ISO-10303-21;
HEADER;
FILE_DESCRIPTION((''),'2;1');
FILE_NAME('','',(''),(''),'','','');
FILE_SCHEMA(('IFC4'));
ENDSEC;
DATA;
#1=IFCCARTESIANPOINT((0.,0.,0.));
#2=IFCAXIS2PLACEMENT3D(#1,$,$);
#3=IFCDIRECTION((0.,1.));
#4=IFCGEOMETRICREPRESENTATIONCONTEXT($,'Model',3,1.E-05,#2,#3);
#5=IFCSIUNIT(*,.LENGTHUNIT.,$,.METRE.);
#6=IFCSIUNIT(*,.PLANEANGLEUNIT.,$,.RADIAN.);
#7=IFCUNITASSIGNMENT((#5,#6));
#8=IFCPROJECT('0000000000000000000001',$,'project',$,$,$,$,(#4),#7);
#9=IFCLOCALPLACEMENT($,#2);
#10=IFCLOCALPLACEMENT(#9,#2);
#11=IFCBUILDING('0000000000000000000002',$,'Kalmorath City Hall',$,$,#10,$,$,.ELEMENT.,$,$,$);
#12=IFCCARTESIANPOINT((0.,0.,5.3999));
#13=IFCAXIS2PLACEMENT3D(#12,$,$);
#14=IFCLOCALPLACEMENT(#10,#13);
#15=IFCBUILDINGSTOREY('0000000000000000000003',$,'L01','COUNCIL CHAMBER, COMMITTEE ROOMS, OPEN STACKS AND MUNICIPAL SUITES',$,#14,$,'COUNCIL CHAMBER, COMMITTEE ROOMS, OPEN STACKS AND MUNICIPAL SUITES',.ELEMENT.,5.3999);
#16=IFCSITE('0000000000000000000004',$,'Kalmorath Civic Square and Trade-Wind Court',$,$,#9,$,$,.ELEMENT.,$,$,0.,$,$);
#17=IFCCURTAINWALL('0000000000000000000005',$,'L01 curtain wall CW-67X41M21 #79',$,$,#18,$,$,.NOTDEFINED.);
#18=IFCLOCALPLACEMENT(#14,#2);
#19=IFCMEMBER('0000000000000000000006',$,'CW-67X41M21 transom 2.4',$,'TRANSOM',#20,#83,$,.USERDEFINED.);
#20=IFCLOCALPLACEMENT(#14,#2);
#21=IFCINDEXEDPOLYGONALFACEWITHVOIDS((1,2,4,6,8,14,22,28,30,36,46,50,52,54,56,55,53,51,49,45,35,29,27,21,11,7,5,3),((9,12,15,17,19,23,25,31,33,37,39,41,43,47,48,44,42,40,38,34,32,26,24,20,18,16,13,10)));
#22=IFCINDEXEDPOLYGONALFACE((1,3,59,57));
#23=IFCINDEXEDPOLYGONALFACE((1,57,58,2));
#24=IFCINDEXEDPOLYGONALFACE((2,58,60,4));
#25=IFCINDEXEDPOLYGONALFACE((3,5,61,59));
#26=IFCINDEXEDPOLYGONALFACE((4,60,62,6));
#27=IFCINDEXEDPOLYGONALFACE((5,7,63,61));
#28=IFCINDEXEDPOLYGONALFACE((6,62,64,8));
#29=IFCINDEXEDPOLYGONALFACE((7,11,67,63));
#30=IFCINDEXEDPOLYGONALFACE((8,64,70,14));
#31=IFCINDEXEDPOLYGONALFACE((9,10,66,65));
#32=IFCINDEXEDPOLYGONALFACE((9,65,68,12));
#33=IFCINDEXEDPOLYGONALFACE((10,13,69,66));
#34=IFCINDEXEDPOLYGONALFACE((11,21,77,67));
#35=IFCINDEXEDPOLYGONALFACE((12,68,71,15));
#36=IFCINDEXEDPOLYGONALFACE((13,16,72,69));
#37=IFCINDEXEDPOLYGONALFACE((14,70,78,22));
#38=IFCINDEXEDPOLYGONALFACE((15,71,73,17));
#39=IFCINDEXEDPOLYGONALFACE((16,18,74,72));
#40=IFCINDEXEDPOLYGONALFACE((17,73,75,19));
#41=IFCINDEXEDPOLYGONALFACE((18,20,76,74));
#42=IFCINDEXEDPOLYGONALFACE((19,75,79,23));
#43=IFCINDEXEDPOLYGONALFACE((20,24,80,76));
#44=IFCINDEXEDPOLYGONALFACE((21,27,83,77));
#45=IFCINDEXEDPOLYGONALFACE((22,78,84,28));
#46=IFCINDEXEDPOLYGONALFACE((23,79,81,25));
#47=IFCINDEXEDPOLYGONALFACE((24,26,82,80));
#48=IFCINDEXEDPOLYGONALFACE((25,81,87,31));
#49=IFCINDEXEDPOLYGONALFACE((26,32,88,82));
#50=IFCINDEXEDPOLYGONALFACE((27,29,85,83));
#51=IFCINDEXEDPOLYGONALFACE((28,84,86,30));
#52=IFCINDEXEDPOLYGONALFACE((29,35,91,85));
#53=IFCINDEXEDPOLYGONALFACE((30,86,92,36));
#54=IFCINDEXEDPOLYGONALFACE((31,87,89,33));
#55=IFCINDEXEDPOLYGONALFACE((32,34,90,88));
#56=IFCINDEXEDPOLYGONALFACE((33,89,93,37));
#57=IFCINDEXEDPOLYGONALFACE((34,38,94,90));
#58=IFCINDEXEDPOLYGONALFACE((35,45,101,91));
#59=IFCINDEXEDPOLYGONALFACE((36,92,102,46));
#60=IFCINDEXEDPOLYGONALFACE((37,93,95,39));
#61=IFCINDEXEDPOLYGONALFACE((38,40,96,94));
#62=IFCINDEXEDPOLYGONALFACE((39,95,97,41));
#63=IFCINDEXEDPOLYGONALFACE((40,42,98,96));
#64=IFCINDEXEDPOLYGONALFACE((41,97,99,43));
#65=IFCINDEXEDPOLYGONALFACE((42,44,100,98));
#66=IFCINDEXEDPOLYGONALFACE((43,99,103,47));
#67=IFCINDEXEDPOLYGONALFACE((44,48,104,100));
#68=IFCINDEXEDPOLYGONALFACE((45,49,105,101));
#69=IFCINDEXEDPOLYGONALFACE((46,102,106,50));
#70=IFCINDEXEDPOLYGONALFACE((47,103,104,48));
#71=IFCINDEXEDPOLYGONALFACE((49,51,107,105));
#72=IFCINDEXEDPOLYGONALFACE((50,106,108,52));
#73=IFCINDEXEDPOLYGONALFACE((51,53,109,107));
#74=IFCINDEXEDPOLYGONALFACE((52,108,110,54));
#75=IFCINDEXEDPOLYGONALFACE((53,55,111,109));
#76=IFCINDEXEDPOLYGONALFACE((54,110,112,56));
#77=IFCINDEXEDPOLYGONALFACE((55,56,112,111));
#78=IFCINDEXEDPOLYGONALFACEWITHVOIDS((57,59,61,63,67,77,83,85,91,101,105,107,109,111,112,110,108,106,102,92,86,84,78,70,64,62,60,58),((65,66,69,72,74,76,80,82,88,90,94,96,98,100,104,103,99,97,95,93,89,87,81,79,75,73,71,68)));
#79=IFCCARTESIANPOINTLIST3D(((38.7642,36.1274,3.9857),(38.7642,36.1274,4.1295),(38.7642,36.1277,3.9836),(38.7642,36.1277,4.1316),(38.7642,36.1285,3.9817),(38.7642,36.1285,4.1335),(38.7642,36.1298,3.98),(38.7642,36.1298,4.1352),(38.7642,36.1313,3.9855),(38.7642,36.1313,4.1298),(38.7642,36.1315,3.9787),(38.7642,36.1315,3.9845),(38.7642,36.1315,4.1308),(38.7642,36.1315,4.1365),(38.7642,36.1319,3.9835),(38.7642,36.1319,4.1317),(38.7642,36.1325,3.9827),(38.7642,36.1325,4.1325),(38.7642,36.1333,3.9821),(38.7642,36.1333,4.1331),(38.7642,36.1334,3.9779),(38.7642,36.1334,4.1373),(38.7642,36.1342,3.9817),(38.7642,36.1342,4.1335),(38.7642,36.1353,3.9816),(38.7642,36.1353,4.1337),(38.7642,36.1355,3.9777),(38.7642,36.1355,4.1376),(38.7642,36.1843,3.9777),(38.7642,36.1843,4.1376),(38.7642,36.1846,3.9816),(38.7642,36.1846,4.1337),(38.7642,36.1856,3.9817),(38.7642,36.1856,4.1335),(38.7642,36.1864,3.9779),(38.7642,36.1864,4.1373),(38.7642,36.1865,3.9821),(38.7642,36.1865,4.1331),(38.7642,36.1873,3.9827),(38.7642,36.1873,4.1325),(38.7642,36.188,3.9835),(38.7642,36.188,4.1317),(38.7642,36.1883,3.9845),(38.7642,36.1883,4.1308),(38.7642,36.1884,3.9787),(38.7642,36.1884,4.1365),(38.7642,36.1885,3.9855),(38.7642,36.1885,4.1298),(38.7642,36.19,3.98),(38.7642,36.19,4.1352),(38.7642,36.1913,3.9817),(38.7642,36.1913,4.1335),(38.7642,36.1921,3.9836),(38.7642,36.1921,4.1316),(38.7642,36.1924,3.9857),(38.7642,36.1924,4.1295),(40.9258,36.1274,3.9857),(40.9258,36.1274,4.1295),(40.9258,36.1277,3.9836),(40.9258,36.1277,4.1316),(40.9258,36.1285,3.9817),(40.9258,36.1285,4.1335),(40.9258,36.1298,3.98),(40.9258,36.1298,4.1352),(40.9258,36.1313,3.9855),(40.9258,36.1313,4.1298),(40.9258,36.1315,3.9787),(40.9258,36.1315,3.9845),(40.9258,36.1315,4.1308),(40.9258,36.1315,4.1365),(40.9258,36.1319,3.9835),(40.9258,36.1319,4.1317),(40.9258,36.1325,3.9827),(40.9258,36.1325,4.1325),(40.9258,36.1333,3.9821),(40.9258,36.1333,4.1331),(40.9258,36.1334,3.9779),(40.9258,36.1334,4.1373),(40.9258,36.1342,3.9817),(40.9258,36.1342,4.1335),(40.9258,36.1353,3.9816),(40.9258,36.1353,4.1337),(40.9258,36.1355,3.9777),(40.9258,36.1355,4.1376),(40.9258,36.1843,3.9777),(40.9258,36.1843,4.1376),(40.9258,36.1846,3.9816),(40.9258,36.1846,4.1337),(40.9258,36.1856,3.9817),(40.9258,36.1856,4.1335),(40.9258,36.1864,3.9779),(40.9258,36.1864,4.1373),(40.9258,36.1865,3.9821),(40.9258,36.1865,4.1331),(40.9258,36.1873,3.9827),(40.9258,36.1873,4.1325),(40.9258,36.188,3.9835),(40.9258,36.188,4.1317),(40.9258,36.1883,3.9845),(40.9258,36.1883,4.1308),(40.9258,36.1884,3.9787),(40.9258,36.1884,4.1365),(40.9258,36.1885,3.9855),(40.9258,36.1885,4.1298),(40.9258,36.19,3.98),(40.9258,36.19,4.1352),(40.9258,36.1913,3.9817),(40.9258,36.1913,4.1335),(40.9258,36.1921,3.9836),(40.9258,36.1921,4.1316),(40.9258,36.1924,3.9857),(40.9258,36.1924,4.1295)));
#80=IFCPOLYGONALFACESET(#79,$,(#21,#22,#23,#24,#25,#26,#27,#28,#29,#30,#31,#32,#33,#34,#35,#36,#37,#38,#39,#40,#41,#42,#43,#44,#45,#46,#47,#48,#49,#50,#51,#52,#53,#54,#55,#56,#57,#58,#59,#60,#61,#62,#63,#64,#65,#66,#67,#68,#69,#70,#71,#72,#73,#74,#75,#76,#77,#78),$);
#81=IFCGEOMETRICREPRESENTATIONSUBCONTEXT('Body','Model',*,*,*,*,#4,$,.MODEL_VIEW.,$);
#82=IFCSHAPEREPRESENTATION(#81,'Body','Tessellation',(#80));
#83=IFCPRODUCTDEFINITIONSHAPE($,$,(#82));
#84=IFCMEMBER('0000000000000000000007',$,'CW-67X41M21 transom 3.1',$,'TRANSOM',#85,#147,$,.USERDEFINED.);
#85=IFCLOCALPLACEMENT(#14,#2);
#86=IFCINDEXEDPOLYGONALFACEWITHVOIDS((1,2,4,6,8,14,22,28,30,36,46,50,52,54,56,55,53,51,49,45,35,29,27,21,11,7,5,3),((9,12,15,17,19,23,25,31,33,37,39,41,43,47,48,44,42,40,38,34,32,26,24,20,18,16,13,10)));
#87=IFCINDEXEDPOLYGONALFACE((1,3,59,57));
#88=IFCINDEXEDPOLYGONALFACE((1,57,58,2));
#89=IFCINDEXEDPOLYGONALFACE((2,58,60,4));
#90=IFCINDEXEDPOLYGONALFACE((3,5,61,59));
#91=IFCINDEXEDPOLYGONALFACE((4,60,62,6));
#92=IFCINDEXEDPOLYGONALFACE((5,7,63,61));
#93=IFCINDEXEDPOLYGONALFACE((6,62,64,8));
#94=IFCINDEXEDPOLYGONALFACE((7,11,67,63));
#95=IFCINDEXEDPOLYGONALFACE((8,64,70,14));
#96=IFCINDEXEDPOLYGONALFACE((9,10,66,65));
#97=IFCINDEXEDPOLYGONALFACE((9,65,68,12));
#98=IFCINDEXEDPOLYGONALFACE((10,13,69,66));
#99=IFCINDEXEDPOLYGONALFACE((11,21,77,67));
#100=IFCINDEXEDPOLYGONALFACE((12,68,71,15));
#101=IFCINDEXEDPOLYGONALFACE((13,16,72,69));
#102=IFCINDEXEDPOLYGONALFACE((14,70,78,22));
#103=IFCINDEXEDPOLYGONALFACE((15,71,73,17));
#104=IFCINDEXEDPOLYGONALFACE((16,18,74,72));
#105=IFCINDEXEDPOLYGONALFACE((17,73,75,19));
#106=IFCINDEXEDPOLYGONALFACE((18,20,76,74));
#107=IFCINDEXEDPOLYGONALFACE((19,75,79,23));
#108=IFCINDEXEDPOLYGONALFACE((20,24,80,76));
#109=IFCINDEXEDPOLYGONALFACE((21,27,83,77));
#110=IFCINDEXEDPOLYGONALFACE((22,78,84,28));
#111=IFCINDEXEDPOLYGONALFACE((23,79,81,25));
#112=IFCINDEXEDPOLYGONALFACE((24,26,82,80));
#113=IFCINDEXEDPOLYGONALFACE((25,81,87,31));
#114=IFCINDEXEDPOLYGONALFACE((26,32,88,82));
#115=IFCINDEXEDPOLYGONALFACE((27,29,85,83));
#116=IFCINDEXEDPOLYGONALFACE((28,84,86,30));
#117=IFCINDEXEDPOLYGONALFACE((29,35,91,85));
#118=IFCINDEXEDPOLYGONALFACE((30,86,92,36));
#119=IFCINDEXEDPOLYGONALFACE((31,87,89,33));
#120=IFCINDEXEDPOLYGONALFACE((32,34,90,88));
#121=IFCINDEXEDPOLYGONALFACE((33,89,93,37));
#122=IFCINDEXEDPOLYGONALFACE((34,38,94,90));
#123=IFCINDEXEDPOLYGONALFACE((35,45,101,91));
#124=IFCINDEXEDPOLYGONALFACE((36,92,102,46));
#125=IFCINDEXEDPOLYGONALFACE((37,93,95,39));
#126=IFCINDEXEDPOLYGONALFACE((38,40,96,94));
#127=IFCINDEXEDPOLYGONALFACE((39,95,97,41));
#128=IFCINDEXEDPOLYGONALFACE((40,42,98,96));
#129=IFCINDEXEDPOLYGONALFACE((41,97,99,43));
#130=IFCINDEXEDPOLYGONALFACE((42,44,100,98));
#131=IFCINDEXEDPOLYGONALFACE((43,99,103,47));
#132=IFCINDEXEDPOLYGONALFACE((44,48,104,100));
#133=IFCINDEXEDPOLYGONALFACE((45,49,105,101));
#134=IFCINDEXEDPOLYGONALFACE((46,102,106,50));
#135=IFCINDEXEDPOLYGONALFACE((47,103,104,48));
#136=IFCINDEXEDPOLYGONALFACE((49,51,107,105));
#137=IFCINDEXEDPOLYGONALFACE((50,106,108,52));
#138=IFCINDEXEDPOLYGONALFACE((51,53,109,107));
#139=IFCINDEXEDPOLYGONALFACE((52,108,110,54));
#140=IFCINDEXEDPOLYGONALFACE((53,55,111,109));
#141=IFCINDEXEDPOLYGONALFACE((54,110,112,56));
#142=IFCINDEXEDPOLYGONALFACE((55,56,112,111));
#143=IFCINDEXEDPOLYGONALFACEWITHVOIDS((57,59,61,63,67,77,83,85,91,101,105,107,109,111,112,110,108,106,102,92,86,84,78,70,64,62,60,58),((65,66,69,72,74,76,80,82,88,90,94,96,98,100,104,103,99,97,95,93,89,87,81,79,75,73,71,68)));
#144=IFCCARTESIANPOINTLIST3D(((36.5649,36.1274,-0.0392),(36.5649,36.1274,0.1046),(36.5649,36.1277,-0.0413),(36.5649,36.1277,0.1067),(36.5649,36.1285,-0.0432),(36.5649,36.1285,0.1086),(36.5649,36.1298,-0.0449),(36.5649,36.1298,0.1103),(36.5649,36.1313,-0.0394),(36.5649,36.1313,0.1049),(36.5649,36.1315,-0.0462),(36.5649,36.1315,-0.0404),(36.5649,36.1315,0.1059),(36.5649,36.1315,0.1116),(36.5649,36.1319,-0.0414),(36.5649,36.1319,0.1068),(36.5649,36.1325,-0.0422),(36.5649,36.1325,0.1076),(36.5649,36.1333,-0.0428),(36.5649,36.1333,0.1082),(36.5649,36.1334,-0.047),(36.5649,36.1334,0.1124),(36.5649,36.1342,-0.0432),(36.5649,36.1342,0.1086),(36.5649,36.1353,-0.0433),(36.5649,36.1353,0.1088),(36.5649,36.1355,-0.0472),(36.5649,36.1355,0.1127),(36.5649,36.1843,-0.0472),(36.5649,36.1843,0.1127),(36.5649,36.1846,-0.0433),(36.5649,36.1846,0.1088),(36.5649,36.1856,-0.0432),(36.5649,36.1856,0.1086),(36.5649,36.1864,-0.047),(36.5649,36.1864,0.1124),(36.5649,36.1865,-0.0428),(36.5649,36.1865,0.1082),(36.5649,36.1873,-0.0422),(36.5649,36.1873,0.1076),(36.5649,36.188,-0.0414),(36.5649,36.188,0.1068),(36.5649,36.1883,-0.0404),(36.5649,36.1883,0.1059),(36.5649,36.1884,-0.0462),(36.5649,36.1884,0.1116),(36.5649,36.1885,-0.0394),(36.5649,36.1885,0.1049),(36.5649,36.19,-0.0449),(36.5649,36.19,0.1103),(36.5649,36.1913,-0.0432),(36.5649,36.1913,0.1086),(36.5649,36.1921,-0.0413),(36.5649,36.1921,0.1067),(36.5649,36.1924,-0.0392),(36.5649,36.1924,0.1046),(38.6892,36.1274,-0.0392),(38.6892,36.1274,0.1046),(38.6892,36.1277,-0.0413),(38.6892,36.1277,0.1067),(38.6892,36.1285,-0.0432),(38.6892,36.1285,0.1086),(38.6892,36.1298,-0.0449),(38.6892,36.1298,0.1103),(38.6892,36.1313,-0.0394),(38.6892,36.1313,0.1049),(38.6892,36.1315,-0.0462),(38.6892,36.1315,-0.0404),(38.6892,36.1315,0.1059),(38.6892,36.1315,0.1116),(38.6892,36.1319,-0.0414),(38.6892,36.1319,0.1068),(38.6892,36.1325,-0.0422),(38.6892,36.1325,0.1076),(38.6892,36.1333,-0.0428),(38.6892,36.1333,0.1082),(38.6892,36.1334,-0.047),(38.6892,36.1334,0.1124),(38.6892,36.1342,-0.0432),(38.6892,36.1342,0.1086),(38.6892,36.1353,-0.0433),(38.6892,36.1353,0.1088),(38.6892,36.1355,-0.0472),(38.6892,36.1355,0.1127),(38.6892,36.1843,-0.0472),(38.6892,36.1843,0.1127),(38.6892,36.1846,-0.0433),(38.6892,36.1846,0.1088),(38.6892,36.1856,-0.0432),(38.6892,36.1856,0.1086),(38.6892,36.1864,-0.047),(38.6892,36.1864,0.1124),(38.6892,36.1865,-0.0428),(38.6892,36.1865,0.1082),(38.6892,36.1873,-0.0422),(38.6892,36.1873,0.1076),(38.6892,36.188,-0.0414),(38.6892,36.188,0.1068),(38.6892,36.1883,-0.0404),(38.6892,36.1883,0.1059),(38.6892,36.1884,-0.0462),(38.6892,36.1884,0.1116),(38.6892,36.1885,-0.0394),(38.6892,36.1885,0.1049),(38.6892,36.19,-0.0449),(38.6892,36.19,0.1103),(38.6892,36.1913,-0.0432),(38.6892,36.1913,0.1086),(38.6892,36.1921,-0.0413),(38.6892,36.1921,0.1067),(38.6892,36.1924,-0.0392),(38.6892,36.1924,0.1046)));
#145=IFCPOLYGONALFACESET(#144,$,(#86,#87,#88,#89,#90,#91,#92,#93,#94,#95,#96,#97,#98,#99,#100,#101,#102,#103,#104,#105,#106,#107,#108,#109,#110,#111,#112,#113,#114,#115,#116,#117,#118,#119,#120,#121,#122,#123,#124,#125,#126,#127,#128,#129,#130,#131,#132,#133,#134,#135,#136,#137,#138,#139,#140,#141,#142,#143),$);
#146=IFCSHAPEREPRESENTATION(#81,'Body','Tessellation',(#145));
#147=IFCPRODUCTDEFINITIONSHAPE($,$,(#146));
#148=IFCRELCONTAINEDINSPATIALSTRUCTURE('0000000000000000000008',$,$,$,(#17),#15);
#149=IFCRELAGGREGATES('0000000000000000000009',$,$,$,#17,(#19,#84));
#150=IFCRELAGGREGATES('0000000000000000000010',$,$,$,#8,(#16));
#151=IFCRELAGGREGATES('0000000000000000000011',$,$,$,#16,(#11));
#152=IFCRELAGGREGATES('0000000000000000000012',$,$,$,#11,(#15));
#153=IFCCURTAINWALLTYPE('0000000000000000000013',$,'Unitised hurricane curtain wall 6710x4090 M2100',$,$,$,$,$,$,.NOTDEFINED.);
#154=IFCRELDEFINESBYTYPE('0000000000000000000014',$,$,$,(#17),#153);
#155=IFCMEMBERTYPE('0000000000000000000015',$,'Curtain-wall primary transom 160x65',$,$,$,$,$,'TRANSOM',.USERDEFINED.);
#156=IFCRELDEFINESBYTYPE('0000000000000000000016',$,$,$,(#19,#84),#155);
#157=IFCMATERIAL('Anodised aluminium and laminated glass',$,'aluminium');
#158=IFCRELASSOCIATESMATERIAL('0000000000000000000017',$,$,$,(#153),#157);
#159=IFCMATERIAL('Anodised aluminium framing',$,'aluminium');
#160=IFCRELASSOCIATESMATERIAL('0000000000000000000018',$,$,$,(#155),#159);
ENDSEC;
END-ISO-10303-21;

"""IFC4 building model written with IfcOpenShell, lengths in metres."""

from ifc_helpers import new_model, si_unit, direction, frame, origin, origin_2d, place, context, subcontext, project, spatial, hollow_rectangle, extrude, material, material_profile, profile_set, type_object, element, aggregate, save


model = new_model("IFC4")

# Units and contexts
model_context = context("Model", 3, precision=1e-05, world=origin(), true_north=direction((0.0, 1.0)))
body_context = subcontext(model_context, "Body", "Model", "MODEL_VIEW")
ifc_project = project(units=[si_unit("LENGTHUNIT", "METRE"), si_unit("PLANEANGLEUNIT", "RADIAN")], contexts=[model_context])

# Site, building, storey
site_placement = place(None, origin())
site = spatial("IfcSite", under=ifc_project, at=site_placement, Name="Kalmorath Civic Square and Trade-Wind Court", CompositionType="ELEMENT", RefElevation=0.0)
building_placement = place(site_placement, origin())
building = spatial("IfcBuilding", under=site, at=building_placement, Name="Kalmorath City Hall", CompositionType="ELEMENT")
storey_placement = place(building_placement, frame((0.0, 0.0, 5.3999)))
storey = spatial("IfcBuildingStorey", under=building, at=storey_placement, Name="L01", Description="COUNCIL CHAMBER, COMMITTEE ROOMS, OPEN STACKS AND MUNICIPAL SUITES", LongName="COUNCIL CHAMBER, COMMITTEE ROOMS, OPEN STACKS AND MUNICIPAL SUITES", CompositionType="ELEMENT", Elevation=5.3999)

# Curtain wall, members
ifc_material_1 = material(Name="Anodised aluminium and laminated glass", Category="aluminium")
curtain_wall_type = type_object("IfcCurtainWallType", Name="Unitised hurricane curtain wall 6710x4090 M2100", PredefinedType="NOTDEFINED", material=ifc_material_1)
curtain_wall_placement = place(storey_placement, origin())
curtain_wall = element("IfcCurtainWall", 1, at=curtain_wall_placement, inside=storey, type_object=curtain_wall_type, Name="L01 curtain wall CW-67X41M21 #79", PredefinedType="NOTDEFINED")
ifc_material_2 = material(Name="Anodised aluminium framing", Category="aluminium")
ifc_material_profile_1 = material_profile(ifc_material_2, hollow_rectangle(XDim=0.0649, YDim=0.1599, WallThickness=0.0039, InnerFilletRadius=0.0039, OuterFilletRadius=0.0081, at=origin_2d()), Name="ALU-TRN-160X65X4")
ifc_profile_set_1 = profile_set([ifc_material_profile_1], Name="Anodised aluminium framing")
member_type_1 = type_object("IfcMemberType", Name="Curtain-wall primary transom 160x65", ElementType="TRANSOM", PredefinedType="USERDEFINED", material=ifc_profile_set_1)
member_1_placement = place(storey_placement, frame((40.9258, 36.1599, 4.0576), z_axis=(-1.0, 0.0, 0.0), x_axis=(0.0, -1.0, 0.0)))
member_1 = element("IfcMember", 2, at=member_1_placement, type_object=member_type_1, Name="CW-67X41M21 transom 2.4", ObjectType="TRANSOM", PredefinedType="USERDEFINED", context=body_context, shape_type="SweptSolid", body=[
    extrude(hollow_rectangle(XDim=0.0649, YDim=0.1599, WallThickness=0.0039, InnerFilletRadius=0.0039, OuterFilletRadius=0.0081, at=origin_2d()), origin(), (0.0, 0.0, 1.0), 2.1616),
])
member_2_placement = place(storey_placement, frame((38.6892, 36.1599, 0.0327), z_axis=(-1.0, 0.0, 0.0), x_axis=(0.0, -1.0, 0.0)))
member_2 = element("IfcMember", 3, at=member_2_placement, type_object=member_type_1, Name="CW-67X41M21 transom 3.1", ObjectType="TRANSOM", PredefinedType="USERDEFINED", context=body_context, shape_type="SweptSolid", body=[
    extrude(hollow_rectangle(XDim=0.0649, YDim=0.1599, WallThickness=0.0039, InnerFilletRadius=0.0039, OuterFilletRadius=0.0081, at=origin_2d()), origin(), (0.0, 0.0, 1.0), 2.1243),
])

aggregate(curtain_wall, [member_1, member_2])

save(model, "model.ifc")
